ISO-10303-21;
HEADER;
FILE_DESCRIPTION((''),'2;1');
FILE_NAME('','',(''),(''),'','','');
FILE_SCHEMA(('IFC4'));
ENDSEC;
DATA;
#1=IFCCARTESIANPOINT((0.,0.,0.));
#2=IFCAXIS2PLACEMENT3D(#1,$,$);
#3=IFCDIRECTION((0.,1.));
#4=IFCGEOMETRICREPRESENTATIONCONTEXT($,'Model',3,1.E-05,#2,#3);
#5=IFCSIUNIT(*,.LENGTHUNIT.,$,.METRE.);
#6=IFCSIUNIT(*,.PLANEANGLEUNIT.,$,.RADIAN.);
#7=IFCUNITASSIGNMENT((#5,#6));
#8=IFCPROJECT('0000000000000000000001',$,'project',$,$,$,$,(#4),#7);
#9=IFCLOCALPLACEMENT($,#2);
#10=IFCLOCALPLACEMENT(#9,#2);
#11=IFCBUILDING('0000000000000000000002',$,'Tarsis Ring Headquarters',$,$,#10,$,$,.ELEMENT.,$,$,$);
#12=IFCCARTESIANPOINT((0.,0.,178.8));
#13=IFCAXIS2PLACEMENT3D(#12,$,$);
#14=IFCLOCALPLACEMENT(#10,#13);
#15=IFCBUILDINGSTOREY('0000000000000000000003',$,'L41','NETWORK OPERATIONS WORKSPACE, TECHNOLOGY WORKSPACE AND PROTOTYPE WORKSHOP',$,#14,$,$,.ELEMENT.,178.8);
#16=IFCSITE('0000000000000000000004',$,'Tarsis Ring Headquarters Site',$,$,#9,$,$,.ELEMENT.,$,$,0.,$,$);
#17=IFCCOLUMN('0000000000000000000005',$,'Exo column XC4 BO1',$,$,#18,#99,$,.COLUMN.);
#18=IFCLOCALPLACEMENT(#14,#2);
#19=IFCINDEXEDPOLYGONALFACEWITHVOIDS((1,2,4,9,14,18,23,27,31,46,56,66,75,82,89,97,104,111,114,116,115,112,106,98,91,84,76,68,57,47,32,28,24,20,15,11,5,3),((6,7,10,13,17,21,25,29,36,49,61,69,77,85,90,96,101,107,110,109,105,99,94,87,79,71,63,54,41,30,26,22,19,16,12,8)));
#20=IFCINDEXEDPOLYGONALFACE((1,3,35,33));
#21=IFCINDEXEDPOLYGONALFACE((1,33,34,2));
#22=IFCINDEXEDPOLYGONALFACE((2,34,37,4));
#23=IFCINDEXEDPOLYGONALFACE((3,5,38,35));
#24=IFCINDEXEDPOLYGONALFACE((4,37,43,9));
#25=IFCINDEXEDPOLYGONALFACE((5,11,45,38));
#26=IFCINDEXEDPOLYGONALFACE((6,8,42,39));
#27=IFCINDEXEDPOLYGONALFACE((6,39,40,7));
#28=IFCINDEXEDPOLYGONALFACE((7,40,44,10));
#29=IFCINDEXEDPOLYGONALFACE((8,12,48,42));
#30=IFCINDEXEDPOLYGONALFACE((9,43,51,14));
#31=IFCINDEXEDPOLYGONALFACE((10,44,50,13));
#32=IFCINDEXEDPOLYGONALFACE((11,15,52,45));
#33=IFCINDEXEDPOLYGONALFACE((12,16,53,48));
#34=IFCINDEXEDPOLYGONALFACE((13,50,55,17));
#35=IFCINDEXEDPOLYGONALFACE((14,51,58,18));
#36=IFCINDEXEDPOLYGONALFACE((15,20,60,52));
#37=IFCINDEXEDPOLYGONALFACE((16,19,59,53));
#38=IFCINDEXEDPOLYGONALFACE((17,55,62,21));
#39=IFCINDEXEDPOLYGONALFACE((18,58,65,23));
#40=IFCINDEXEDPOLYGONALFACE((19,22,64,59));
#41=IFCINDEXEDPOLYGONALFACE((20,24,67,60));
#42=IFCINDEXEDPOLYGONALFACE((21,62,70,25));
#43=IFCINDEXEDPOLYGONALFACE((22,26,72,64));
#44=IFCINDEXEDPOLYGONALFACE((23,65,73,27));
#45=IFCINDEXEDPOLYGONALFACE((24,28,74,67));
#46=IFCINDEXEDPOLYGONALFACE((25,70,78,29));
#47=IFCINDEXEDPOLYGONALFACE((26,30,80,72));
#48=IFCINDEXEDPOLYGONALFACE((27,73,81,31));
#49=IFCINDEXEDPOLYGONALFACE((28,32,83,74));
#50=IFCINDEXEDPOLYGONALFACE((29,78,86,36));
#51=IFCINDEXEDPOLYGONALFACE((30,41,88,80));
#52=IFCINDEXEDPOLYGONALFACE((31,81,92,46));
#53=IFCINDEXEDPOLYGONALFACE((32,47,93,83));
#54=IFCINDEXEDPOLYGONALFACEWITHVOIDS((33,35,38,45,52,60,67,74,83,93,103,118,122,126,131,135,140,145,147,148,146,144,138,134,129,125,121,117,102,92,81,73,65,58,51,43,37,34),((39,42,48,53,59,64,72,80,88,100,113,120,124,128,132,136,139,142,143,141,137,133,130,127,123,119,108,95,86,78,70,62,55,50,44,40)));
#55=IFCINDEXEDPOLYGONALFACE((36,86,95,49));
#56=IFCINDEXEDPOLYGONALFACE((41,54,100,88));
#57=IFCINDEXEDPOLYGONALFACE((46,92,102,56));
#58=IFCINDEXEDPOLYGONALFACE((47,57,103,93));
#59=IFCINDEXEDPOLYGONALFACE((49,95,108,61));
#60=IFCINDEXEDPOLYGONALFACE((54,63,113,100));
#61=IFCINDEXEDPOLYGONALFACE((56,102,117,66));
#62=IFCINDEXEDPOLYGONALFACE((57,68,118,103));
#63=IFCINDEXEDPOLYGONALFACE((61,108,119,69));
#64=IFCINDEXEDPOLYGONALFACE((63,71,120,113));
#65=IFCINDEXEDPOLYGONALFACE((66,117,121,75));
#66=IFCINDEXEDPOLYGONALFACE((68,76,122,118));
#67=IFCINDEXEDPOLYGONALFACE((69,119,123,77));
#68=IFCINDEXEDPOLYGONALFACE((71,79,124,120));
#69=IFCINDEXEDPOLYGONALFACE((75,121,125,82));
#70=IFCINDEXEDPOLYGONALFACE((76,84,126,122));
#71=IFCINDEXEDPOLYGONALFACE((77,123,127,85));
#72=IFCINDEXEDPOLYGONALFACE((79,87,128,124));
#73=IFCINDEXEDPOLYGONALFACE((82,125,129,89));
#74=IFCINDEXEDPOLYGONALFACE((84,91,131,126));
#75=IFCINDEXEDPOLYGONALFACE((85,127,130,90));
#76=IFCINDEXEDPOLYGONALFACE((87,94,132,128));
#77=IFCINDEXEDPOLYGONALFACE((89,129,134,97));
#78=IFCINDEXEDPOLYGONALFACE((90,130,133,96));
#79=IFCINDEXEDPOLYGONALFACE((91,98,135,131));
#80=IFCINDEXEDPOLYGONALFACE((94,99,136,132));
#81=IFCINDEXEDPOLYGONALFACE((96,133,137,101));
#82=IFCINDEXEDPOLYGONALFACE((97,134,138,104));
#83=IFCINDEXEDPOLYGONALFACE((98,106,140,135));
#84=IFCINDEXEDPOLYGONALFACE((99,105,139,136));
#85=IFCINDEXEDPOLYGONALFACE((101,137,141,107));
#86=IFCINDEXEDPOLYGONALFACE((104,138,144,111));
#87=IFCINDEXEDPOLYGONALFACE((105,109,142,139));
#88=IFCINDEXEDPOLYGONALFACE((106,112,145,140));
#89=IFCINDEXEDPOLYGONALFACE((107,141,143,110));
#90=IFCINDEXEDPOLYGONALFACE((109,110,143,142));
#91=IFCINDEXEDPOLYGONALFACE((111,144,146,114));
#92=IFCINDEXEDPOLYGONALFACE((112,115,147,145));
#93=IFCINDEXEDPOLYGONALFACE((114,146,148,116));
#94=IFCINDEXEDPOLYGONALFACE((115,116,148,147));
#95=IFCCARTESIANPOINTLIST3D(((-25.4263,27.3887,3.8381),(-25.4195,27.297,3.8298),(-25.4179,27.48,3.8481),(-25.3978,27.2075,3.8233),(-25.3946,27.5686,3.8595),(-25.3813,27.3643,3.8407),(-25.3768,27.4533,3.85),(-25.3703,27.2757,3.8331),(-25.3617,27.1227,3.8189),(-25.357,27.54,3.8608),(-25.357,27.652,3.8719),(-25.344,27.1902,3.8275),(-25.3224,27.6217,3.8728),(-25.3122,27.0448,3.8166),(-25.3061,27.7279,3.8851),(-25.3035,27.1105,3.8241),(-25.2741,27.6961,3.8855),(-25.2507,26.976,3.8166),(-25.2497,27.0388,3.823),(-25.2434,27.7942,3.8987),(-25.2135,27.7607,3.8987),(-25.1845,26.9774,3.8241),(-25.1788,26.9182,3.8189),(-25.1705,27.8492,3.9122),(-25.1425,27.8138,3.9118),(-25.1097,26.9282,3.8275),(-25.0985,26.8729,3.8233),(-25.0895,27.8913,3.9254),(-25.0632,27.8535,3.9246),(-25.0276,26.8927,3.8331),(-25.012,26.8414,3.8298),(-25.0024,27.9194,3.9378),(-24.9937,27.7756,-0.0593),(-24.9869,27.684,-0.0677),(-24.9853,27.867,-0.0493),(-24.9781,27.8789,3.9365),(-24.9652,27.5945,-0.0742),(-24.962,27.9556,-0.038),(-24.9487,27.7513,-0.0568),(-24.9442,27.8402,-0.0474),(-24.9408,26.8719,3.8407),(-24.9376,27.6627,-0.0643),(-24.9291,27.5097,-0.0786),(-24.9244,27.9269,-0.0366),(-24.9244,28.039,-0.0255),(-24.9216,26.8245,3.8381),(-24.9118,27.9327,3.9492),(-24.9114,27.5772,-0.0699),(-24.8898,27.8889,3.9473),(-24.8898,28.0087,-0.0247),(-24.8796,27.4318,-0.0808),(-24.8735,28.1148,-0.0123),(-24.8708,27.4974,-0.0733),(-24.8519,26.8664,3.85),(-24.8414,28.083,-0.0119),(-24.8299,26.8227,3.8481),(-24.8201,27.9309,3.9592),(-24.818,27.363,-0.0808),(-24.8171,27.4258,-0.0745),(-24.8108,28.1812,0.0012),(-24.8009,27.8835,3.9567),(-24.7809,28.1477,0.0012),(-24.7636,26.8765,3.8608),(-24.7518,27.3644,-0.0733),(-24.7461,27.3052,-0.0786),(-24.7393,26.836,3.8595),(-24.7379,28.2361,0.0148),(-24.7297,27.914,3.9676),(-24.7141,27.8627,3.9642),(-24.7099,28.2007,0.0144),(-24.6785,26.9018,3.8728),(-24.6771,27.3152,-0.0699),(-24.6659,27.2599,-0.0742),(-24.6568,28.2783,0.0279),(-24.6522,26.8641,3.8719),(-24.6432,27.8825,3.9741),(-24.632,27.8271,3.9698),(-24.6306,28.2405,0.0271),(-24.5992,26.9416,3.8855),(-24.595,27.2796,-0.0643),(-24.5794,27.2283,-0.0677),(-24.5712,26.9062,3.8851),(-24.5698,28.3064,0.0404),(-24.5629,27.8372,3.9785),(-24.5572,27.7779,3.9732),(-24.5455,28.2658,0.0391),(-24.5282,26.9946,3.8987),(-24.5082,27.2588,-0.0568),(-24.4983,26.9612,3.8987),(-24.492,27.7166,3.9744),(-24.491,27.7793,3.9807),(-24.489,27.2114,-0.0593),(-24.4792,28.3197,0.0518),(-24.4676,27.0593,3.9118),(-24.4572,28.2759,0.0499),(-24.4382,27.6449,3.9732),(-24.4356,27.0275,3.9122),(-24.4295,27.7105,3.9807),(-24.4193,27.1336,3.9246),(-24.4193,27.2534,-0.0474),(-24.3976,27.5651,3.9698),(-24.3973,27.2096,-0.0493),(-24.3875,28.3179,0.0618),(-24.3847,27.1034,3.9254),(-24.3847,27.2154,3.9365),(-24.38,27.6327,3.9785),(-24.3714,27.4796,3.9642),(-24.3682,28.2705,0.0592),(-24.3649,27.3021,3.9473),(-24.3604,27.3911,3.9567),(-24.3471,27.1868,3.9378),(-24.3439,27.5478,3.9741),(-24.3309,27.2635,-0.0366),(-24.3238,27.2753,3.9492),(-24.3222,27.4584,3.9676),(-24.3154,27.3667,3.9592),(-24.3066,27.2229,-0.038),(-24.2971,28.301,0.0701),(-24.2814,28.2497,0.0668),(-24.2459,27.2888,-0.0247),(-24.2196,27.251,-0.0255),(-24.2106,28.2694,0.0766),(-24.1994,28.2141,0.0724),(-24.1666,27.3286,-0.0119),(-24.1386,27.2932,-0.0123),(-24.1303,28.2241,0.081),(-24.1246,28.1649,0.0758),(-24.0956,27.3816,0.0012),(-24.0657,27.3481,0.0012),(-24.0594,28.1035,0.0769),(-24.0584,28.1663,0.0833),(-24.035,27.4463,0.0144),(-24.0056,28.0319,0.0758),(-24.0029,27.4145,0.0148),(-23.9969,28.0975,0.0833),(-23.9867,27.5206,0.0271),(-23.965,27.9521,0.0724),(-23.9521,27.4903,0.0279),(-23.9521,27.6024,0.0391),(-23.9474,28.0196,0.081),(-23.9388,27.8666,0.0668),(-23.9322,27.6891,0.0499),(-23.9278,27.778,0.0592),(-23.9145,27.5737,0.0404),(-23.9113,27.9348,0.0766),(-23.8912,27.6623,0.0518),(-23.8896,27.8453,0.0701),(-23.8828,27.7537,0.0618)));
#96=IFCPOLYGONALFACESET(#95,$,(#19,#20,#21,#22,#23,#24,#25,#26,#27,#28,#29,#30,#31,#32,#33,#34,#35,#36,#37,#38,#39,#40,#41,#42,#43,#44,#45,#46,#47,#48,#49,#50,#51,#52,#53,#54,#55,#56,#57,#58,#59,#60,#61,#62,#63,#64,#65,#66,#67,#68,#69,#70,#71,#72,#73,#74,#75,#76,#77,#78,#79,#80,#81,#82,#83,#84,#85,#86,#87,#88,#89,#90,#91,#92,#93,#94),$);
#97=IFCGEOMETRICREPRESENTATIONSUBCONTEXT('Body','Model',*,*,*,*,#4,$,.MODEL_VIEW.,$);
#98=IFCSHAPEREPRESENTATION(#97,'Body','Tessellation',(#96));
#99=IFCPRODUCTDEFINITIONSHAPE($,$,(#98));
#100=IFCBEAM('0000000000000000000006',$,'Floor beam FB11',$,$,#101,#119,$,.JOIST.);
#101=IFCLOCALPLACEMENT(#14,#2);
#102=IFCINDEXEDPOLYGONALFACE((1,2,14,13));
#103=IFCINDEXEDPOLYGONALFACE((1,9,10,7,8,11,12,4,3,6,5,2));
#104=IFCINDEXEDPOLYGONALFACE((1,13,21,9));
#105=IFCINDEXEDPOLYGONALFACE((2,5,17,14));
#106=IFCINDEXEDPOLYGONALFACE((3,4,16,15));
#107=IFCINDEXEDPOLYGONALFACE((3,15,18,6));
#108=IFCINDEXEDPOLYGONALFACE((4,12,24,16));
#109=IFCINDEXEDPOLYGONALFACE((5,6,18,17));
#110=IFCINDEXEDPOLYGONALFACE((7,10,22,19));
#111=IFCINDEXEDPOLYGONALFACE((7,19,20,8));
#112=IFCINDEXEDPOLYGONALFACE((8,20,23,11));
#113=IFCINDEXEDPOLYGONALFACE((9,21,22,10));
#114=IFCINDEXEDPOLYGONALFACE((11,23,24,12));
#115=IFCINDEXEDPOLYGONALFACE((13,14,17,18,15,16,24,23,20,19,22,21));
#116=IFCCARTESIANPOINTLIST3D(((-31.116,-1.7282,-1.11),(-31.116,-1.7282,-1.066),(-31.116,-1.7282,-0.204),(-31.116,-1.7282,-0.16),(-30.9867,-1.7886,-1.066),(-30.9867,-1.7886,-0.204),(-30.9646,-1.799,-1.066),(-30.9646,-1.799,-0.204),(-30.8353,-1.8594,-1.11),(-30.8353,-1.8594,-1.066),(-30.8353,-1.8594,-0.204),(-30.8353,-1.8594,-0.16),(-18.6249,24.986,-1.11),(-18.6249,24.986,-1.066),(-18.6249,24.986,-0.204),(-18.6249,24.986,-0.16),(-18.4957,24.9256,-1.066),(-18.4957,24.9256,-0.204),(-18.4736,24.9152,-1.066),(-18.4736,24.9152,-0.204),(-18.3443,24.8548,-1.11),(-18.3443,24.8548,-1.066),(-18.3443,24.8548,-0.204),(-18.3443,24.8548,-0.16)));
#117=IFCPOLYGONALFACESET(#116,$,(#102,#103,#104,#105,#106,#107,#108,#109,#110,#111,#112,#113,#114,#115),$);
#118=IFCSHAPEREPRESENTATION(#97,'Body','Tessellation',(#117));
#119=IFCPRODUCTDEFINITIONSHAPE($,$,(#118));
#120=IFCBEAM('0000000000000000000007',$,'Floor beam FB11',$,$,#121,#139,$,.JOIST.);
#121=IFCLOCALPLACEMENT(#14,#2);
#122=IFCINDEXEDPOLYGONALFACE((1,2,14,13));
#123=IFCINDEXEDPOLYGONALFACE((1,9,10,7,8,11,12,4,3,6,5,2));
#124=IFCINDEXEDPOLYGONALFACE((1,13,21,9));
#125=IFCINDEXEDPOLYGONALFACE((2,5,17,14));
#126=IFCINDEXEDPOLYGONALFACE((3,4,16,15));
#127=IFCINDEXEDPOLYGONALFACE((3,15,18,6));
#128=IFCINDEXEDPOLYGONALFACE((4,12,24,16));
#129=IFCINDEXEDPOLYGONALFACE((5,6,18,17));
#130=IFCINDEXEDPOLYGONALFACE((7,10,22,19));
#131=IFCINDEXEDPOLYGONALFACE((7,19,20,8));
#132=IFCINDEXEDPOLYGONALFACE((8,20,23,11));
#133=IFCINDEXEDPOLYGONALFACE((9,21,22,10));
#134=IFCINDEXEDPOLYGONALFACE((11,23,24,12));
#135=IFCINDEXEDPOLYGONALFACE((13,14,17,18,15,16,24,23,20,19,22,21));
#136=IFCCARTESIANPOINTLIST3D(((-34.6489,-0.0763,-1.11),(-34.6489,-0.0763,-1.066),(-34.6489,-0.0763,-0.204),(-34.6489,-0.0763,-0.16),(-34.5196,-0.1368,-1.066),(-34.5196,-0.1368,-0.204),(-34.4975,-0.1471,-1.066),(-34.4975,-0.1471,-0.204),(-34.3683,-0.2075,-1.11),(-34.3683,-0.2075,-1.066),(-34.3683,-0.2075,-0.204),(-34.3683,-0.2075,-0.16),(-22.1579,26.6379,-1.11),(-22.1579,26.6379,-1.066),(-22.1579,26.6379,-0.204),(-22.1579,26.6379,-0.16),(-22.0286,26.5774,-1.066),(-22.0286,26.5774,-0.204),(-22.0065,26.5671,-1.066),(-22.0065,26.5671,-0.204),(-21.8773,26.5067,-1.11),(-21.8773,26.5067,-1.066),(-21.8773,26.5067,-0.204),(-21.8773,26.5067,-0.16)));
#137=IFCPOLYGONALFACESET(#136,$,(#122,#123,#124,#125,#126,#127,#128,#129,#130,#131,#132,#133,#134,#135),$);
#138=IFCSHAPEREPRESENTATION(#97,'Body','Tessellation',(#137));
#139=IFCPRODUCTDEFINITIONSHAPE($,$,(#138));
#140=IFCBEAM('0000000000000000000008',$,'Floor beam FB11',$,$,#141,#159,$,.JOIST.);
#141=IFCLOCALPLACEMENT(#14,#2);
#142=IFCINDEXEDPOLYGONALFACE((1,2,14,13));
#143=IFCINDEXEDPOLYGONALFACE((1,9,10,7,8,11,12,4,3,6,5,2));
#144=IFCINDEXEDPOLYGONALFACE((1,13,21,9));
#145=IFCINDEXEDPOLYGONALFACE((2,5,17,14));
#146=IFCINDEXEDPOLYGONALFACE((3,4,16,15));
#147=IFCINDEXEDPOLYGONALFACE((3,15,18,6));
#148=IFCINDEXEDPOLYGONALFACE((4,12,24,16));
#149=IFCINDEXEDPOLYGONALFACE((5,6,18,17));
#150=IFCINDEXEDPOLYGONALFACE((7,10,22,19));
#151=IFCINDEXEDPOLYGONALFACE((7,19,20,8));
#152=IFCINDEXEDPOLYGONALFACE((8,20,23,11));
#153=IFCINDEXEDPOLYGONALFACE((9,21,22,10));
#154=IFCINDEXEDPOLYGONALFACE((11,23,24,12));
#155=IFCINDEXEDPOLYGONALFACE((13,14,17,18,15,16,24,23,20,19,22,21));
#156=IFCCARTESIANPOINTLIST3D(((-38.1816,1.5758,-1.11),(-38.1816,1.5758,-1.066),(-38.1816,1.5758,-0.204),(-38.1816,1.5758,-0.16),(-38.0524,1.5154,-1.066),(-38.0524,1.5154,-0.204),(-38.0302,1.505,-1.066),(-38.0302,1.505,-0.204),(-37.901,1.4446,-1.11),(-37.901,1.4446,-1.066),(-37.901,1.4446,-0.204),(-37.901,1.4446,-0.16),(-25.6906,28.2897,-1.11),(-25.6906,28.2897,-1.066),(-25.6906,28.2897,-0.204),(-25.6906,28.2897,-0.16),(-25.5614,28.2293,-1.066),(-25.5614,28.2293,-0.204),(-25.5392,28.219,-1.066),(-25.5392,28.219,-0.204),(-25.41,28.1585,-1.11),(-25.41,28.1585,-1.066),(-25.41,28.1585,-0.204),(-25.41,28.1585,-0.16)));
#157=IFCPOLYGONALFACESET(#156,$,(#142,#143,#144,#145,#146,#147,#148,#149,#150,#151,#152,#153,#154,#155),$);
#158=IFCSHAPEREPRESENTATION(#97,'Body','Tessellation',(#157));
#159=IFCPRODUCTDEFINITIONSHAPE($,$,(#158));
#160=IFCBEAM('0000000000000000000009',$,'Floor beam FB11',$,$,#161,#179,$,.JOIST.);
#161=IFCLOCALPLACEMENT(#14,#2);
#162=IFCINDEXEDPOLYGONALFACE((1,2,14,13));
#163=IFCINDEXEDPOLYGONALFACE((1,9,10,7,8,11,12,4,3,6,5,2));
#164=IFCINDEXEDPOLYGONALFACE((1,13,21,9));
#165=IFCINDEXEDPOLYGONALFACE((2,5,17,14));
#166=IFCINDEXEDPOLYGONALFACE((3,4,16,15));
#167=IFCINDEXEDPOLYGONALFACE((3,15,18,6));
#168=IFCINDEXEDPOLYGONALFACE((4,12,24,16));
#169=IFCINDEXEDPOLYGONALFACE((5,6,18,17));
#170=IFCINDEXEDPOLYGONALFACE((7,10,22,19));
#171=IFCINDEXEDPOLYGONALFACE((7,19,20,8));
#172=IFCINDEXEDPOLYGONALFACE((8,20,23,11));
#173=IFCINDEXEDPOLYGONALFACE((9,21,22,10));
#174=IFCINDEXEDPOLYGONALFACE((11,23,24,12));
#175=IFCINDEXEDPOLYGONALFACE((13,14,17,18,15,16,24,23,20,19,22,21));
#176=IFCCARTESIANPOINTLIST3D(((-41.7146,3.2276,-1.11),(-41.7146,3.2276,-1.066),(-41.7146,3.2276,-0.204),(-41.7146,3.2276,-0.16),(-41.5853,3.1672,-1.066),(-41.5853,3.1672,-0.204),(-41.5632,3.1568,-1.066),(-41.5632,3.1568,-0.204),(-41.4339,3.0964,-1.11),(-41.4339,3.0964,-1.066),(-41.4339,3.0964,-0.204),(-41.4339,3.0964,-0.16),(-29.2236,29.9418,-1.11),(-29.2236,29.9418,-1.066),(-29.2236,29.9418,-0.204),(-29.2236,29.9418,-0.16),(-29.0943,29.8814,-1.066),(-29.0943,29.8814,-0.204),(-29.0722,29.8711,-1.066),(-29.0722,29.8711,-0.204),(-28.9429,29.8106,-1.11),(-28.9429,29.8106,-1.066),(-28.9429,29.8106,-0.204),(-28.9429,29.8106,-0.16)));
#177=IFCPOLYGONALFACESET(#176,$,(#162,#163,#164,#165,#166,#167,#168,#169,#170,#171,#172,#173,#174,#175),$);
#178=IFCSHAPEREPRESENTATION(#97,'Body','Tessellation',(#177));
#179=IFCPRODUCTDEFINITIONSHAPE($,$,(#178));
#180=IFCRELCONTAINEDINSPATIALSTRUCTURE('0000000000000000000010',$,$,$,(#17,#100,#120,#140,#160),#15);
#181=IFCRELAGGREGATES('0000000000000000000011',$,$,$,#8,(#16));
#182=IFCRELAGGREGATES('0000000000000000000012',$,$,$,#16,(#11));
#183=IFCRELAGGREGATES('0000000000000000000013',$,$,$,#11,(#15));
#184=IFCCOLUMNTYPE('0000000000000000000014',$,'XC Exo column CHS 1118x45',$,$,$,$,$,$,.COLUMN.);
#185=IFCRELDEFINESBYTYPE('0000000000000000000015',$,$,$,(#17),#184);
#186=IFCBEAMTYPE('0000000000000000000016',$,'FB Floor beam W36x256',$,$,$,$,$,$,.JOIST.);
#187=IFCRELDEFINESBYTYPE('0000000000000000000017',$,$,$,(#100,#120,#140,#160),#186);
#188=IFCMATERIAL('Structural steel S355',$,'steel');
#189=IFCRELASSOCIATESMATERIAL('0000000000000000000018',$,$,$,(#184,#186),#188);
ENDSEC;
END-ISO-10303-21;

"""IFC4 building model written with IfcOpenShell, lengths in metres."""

from ifc_helpers import new_model, si_unit, direction, frame, origin, origin_2d, place, context, subcontext, project, spatial, hollow_circle, i_section, extrude, material, material_profile, profile_set, type_object, element, save


model = new_model("IFC4")

# Units and contexts
model_context = context("Model", 3, precision=1e-05, world=origin(), true_north=direction((0.0, 1.0)))
body_context = subcontext(model_context, "Body", "Model", "MODEL_VIEW")
ifc_project = project(units=[si_unit("LENGTHUNIT", "METRE"), si_unit("PLANEANGLEUNIT", "RADIAN")], contexts=[model_context])

# Site, building, storey
site_placement = place(None, origin())
site = spatial("IfcSite", under=ifc_project, at=site_placement, Name="Tarsis Ring Headquarters Site", CompositionType="ELEMENT", RefElevation=0.0)
building_placement = place(site_placement, origin())
building = spatial("IfcBuilding", under=site, at=building_placement, Name="Tarsis Ring Headquarters", CompositionType="ELEMENT")
storey_placement = place(building_placement, frame((0.0, 0.0, 178.8)))
storey = spatial("IfcBuildingStorey", under=building, at=storey_placement, Name="L41", Description="NETWORK OPERATIONS WORKSPACE, TECHNOLOGY WORKSPACE AND PROTOTYPE WORKSHOP", CompositionType="ELEMENT", Elevation=178.8)

# Column
ifc_material_1 = material(Name="Structural steel S355", Category="steel")
ifc_material_profile_1 = material_profile(ifc_material_1, hollow_circle(Radius=0.5588, WallThickness=0.0449, at=origin_2d()), Name="CHS 1118x45")
ifc_profile_set_1 = profile_set([ifc_material_profile_1], Name="Structural steel S355")
column_type = type_object("IfcColumnType", Name="XC Exo column CHS 1118x45", PredefinedType="COLUMN", material=ifc_profile_set_1)
column_placement = place(storey_placement, frame((-24.4382, 27.7646, 0.0012), z_axis=(-0.109789, -0.098203, 0.989092), x_axis=(0.666684, -0.74534, 0.0)))
element("IfcColumn", 1, at=column_placement, inside=storey, type_object=column_type, Name="Exo column XC4 BO1", PredefinedType="COLUMN", context=body_context, shape_type="SweptSolid", body=[
    extrude(hollow_circle(Radius=0.5588, WallThickness=0.0449, at=origin_2d()), origin(), (0.0, 0.0, 1.0), 3.9404),
])

# Beams
ifc_material_profile_2 = material_profile(ifc_material_1, i_section(OverallWidth=0.3098, OverallDepth=0.95, WebThickness=0.0244, FlangeThickness=0.0439, at=origin_2d()), Name="W36x256")
ifc_profile_set_2 = profile_set([ifc_material_profile_2], Name="Structural steel S355")
beam_type_1 = type_object("IfcBeamType", Name="FB Floor beam W36x256", PredefinedType="JOIST", material=ifc_profile_set_2)
for number, where, z_axis, x_axis, name in (
    (2, (-18.4846, 24.9204, -0.635), (-0.423564, -0.905866, 0.0), (0.905866, -0.423564, 0.0), "Floor beam FB11"),
    (3, (-22.0176, 26.5723, -0.635), (-0.423564, -0.905866, 0.0), (0.905866, -0.423564, 0.0), "Floor beam FB11"),
):
    element("IfcBeam", number, at=place(storey_placement, frame(where, z_axis=z_axis, x_axis=x_axis)), inside=storey, type_object=beam_type_1, Name=name, PredefinedType="JOIST", context=body_context, shape_type="SweptSolid", body=[
        extrude(i_section(OverallWidth=0.3098, OverallDepth=0.95, WebThickness=0.0244, FlangeThickness=0.0439, at=origin_2d()), origin(), (0.0, 0.0, 1.0), 29.4902),
    ])
beam_1_placement = place(storey_placement, frame((-25.5503, 28.2241, -0.635), z_axis=(-0.423567, -0.905865, 0.0), x_axis=(0.905865, -0.423567, 0.0)))
element("IfcBeam", 4, at=beam_1_placement, inside=storey, type_object=beam_type_1, Name="Floor beam FB11", PredefinedType="JOIST", context=body_context, shape_type="SweptSolid", body=[
    extrude(i_section(OverallWidth=0.3098, OverallDepth=0.95, WebThickness=0.0244, FlangeThickness=0.0439, at=origin_2d()), origin(), (0.0, 0.0, 1.0), 29.49),
])
beam_2_placement = place(storey_placement, frame((-29.0833, 29.8762, -0.635), z_axis=(-0.423564, -0.905866, 0.0), x_axis=(0.905866, -0.423564, 0.0)))
element("IfcBeam", 5, at=beam_2_placement, inside=storey, type_object=beam_type_1, Name="Floor beam FB11", PredefinedType="JOIST", context=body_context, shape_type="SweptSolid", body=[
    extrude(i_section(OverallWidth=0.3098, OverallDepth=0.95, WebThickness=0.0244, FlangeThickness=0.0439, at=origin_2d()), origin(), (0.0, 0.0, 1.0), 29.4902),
])

save(model, "model.ifc")
